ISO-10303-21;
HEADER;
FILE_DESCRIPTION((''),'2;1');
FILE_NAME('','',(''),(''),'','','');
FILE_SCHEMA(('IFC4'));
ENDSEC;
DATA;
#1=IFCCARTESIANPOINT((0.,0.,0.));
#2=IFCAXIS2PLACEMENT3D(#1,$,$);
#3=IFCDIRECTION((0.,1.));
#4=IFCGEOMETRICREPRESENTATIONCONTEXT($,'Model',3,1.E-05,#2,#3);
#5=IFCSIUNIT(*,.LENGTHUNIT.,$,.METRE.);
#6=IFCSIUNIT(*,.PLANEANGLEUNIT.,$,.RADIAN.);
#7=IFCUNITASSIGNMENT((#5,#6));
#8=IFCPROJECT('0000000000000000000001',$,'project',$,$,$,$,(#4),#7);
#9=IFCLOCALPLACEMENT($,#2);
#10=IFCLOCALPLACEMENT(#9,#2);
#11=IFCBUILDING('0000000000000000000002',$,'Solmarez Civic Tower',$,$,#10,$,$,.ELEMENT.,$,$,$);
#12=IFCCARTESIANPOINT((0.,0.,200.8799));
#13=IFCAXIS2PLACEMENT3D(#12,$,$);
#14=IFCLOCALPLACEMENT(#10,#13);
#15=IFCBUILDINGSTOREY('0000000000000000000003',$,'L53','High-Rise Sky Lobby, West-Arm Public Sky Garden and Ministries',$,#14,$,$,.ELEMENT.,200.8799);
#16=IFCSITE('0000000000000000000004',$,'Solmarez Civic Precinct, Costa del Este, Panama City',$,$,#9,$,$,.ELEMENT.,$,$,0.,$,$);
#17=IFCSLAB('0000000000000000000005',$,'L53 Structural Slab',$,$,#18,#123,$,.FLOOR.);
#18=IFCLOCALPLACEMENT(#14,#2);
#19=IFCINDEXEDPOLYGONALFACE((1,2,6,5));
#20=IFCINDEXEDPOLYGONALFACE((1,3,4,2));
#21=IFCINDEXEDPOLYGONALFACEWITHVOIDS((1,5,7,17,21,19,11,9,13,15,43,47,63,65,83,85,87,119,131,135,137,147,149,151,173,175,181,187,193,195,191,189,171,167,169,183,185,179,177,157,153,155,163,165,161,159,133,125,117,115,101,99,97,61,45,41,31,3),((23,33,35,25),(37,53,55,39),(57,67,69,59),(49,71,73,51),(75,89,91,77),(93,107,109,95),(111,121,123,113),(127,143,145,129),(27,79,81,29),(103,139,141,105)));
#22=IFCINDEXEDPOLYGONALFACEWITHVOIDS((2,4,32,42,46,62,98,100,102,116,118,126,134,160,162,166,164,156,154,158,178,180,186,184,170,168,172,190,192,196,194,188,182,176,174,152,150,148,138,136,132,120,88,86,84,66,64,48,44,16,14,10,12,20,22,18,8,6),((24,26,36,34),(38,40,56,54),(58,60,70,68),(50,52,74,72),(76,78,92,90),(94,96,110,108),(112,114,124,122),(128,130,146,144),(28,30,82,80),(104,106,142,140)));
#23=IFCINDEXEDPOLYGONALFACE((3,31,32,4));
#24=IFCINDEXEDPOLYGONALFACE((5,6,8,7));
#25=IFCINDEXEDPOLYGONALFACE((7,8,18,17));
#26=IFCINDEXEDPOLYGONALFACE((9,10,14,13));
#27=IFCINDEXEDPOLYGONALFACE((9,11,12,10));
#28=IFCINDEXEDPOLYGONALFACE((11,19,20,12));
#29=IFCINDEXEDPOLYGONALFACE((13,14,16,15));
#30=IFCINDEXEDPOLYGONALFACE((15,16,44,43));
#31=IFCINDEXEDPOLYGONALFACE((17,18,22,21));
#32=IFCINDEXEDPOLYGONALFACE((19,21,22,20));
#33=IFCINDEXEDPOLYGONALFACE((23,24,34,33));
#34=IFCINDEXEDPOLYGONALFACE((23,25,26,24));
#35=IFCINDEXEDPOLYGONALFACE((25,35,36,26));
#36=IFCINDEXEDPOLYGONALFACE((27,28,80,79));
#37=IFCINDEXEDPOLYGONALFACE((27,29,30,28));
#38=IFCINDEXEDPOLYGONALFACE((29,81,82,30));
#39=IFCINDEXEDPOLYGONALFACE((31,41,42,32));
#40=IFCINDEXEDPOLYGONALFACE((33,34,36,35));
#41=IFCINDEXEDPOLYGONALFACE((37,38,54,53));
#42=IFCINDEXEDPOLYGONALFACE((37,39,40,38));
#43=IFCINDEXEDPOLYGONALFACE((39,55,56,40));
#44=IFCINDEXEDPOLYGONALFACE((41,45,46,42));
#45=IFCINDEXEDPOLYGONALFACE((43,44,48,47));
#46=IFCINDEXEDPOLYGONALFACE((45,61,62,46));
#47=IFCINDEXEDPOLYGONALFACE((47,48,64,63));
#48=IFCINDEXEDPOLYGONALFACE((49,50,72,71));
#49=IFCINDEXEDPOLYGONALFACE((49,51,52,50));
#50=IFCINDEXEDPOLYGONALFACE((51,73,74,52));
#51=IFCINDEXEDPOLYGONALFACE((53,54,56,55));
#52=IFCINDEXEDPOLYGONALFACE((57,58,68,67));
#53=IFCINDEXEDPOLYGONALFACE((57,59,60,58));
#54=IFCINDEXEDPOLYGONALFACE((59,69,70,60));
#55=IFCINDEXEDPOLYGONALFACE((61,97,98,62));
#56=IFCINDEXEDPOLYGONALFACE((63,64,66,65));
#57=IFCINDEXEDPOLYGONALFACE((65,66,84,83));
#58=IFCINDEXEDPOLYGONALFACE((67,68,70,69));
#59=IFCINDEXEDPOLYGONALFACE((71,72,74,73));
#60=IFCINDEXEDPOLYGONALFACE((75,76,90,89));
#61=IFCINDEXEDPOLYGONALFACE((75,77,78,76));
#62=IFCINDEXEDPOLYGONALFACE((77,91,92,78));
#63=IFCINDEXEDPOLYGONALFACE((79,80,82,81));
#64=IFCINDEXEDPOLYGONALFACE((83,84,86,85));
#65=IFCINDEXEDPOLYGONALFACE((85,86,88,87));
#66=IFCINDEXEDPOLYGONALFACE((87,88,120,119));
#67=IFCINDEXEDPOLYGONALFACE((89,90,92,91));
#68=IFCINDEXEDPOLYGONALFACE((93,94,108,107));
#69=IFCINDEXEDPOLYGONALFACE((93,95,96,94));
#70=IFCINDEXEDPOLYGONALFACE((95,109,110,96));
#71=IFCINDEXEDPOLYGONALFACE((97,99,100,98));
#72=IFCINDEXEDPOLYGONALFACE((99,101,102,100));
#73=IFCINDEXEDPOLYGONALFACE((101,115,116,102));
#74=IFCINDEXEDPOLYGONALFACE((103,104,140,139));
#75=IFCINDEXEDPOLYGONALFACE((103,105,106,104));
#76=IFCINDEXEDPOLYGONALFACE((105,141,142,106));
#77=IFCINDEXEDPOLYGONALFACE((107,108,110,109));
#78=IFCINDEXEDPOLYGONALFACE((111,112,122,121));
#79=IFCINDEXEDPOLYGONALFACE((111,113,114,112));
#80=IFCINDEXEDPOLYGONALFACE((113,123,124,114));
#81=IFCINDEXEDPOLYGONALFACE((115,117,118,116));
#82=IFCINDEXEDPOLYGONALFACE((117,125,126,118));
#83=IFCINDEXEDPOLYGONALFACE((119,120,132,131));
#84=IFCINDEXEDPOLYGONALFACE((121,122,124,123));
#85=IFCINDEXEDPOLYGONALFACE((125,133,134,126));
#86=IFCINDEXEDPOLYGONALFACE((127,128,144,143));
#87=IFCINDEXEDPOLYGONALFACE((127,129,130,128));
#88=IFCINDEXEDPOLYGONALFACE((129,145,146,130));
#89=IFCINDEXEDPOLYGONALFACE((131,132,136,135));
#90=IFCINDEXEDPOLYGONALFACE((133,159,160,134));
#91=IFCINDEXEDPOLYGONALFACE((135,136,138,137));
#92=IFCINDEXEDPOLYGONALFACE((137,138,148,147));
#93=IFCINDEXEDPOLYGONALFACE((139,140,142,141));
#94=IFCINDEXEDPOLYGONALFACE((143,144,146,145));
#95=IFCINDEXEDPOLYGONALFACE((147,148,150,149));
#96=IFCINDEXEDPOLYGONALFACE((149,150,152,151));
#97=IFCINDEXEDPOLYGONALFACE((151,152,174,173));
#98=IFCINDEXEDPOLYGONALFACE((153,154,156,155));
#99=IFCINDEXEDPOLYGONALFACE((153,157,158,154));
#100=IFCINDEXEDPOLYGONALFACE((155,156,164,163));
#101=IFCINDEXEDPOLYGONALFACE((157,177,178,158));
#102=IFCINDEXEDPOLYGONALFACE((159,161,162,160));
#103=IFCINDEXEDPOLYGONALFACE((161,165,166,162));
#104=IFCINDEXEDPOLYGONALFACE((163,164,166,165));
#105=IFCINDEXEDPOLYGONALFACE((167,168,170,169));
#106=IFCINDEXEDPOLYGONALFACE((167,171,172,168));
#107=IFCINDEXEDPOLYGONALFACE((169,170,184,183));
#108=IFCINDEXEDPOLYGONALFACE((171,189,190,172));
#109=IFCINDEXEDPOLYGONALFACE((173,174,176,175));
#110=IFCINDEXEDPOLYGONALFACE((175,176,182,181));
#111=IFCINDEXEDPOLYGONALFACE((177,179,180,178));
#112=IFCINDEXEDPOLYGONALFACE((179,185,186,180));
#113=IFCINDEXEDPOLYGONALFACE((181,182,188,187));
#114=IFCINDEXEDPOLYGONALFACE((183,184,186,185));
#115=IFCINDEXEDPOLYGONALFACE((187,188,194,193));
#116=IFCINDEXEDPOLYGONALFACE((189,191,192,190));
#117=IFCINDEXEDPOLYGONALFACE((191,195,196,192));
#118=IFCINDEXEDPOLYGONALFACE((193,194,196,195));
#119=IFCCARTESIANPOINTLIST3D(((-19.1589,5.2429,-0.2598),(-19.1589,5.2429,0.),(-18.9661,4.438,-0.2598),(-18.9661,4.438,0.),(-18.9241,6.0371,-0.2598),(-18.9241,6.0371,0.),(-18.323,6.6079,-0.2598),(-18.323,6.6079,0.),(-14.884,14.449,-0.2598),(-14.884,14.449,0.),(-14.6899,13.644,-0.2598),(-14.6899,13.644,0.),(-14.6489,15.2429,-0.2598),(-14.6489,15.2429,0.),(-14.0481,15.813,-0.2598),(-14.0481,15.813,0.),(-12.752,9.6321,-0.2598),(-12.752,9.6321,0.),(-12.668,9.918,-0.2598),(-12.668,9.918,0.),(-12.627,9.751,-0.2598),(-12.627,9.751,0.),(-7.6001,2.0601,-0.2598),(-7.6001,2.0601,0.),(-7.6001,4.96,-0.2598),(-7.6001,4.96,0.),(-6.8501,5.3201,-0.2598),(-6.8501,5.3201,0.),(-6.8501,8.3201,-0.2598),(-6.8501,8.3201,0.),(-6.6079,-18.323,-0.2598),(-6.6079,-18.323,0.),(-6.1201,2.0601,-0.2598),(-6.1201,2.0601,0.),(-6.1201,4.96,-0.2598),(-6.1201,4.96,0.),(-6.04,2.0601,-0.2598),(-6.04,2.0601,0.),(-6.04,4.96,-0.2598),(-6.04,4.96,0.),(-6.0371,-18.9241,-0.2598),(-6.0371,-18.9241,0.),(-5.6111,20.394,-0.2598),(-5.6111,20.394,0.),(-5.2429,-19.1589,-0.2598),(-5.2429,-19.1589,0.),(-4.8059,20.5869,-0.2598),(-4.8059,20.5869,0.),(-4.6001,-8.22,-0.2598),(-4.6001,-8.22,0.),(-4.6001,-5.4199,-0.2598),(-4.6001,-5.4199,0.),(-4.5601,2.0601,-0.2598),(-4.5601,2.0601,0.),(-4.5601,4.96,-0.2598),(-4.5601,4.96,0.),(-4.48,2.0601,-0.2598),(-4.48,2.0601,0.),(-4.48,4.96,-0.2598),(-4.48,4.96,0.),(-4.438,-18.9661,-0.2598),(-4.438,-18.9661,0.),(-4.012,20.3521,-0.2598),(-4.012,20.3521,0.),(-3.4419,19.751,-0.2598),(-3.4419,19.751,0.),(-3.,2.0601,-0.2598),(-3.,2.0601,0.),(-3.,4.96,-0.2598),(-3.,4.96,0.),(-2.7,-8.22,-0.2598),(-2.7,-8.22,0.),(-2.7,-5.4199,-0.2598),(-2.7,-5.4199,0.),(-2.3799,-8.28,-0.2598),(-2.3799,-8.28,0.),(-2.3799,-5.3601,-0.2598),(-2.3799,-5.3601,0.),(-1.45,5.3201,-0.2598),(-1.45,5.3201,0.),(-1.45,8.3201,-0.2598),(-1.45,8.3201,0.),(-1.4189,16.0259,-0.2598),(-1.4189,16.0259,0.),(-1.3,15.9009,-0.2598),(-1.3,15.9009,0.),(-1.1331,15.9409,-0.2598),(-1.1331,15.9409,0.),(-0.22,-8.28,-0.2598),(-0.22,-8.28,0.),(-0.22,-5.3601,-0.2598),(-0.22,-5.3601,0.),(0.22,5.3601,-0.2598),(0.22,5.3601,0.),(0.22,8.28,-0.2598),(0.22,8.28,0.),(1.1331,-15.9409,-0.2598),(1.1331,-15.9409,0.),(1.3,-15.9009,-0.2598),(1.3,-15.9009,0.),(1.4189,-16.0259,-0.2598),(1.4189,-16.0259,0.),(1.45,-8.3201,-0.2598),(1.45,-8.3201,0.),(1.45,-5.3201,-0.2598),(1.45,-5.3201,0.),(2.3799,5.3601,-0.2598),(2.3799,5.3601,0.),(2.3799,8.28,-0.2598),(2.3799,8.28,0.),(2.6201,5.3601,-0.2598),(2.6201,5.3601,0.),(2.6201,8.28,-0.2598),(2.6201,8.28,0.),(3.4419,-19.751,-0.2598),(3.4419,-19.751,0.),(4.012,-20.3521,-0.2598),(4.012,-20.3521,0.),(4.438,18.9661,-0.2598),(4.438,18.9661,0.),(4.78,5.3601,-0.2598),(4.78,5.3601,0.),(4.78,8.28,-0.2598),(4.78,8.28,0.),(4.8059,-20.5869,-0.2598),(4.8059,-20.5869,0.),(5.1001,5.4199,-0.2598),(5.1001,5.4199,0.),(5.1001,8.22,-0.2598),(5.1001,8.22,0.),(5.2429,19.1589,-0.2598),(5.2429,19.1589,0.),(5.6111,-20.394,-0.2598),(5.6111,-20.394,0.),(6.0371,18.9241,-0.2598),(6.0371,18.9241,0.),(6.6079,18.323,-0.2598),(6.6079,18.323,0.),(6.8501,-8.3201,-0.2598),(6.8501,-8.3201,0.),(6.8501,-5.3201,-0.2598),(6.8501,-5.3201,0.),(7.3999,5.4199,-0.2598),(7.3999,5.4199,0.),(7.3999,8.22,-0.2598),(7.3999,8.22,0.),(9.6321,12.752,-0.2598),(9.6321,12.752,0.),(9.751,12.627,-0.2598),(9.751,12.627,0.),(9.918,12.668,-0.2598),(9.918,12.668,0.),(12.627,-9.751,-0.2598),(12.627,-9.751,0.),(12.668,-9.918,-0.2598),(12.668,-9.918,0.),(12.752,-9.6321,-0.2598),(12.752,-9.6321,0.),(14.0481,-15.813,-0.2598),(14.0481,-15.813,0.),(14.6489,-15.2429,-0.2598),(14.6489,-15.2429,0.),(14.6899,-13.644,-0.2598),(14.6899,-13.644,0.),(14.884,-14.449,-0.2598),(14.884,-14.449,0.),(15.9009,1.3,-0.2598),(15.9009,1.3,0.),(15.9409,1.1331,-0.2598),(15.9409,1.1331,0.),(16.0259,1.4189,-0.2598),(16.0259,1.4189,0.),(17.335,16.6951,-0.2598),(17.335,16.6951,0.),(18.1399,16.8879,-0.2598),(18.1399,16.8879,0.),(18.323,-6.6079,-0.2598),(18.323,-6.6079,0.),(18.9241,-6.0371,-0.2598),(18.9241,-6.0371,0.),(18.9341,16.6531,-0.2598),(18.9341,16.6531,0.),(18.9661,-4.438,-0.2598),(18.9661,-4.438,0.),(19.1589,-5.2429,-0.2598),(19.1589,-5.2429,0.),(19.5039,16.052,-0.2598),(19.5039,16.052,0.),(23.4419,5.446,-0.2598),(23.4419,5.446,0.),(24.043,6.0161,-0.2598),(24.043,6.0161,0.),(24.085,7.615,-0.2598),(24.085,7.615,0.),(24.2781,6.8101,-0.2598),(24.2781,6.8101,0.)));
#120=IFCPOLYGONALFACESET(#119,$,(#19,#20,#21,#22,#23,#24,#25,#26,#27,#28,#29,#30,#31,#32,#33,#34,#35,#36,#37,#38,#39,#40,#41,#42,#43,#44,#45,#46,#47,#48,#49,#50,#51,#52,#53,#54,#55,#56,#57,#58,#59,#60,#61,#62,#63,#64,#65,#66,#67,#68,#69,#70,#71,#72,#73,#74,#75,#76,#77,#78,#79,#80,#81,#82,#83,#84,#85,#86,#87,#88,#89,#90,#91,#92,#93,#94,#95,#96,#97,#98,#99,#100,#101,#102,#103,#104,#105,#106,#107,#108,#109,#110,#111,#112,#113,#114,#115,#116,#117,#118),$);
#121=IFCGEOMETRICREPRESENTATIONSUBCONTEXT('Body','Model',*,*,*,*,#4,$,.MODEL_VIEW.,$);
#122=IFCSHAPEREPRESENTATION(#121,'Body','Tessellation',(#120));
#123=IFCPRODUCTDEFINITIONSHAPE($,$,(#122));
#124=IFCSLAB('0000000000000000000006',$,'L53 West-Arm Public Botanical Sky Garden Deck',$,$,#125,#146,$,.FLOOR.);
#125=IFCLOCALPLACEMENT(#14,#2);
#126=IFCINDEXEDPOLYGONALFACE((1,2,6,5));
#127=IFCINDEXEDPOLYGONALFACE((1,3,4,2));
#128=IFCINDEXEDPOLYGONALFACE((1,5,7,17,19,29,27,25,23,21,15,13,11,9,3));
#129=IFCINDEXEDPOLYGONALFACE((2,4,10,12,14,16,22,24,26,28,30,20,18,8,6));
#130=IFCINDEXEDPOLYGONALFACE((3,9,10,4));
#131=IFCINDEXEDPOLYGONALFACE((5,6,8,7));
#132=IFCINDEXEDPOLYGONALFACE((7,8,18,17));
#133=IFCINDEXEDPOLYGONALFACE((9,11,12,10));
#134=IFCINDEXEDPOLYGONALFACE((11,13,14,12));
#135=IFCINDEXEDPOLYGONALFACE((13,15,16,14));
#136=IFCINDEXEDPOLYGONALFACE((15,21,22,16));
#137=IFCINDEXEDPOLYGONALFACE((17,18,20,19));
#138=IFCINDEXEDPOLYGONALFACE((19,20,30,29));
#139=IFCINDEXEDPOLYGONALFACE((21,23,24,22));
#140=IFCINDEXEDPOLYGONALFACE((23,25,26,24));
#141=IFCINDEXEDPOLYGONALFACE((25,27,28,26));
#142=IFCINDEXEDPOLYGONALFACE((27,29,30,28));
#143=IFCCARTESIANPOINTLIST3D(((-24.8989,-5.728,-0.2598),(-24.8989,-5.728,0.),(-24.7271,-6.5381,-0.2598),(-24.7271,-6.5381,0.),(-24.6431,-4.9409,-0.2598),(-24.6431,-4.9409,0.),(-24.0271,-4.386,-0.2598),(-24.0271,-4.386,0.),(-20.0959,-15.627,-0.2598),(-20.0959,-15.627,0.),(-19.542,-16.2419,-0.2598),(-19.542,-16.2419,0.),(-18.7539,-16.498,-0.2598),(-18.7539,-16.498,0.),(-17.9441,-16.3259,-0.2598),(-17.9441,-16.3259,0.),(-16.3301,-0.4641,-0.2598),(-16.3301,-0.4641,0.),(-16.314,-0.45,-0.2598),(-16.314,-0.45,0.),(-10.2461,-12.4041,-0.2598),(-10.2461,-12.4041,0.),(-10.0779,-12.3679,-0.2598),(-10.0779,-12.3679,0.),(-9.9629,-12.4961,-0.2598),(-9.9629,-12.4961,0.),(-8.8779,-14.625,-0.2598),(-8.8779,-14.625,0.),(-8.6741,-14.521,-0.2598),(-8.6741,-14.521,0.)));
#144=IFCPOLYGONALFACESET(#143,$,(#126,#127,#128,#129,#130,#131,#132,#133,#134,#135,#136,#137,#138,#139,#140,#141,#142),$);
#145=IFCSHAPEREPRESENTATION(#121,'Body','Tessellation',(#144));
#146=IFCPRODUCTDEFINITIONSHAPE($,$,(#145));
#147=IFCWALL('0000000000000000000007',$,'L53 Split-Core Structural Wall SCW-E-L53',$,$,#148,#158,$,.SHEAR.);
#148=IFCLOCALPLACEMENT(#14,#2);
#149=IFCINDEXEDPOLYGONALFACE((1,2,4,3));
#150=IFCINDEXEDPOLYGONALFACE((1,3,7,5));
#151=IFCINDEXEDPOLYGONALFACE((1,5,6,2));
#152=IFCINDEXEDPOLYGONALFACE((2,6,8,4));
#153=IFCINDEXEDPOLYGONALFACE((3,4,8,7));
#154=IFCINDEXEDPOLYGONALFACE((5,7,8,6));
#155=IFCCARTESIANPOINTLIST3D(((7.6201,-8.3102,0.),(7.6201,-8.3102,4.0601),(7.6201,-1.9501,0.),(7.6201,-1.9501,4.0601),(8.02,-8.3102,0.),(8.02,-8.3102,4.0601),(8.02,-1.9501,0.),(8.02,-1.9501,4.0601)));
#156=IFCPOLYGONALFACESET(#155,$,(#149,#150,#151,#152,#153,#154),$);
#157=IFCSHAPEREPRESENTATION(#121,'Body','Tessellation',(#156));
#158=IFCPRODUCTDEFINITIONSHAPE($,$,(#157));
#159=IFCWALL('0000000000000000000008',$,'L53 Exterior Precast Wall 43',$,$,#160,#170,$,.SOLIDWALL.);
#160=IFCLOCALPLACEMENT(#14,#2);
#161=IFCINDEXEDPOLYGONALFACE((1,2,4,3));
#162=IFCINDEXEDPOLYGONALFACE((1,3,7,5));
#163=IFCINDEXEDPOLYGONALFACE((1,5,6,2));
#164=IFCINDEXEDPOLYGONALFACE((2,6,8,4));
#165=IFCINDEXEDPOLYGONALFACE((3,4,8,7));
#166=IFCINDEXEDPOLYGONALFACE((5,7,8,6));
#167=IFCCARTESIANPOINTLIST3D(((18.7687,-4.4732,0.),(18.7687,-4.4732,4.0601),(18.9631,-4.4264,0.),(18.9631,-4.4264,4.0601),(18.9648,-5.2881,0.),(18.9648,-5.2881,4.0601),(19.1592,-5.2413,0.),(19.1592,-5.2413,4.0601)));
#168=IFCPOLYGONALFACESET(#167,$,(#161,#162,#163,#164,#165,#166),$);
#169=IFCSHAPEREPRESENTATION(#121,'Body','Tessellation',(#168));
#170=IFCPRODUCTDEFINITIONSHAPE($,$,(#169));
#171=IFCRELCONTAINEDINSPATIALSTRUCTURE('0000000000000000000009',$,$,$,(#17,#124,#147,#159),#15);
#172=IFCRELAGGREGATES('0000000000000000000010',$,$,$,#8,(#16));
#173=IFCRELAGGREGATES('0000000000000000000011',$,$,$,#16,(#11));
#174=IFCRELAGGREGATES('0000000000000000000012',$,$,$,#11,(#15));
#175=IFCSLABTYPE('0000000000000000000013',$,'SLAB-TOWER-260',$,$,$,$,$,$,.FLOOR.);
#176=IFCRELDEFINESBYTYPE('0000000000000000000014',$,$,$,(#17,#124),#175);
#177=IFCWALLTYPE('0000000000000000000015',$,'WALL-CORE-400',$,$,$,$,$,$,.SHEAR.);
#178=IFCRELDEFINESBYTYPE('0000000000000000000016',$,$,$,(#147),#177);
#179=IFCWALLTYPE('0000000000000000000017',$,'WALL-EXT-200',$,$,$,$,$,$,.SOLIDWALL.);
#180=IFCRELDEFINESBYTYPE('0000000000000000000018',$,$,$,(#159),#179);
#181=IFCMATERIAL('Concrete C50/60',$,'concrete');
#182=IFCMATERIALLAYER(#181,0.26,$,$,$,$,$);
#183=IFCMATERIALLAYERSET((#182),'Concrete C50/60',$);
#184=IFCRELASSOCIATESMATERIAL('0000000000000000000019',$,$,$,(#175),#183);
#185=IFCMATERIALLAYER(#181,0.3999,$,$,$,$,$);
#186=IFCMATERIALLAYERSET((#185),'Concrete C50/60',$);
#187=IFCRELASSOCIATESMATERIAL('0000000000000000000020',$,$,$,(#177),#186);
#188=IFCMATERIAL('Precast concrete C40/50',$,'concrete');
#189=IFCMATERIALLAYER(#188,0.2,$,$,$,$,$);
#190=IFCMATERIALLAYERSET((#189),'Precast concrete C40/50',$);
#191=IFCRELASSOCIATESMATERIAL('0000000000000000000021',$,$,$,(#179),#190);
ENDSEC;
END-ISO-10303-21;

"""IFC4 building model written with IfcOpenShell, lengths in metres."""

from ifc_helpers import new_model, si_unit, direction, frame, frame_2d, origin, place, context, subcontext, project, spatial, polyline, rectangle, outline, extrude, material, layer, layer_set, type_object, element, save


model = new_model("IFC4")

# Units and contexts
model_context = context("Model", 3, precision=1e-05, world=origin(), true_north=direction((0.0, 1.0)))
body_context = subcontext(model_context, "Body", "Model", "MODEL_VIEW")
ifc_project = project(units=[si_unit("LENGTHUNIT", "METRE"), si_unit("PLANEANGLEUNIT", "RADIAN")], contexts=[model_context])

# Site, building, storey
site_placement = place(None, origin())
site = spatial("IfcSite", under=ifc_project, at=site_placement, Name="Solmarez Civic Precinct, Costa del Este, Panama City", CompositionType="ELEMENT", RefElevation=0.0)
building_placement = place(site_placement, origin())
building = spatial("IfcBuilding", under=site, at=building_placement, Name="Solmarez Civic Tower", CompositionType="ELEMENT")
storey_placement = place(building_placement, frame((0.0, 0.0, 200.8799)))
storey = spatial("IfcBuildingStorey", under=building, at=storey_placement, Name="L53", Description="High-Rise Sky Lobby, West-Arm Public Sky Garden and Ministries", CompositionType="ELEMENT", Elevation=200.8799)

# Shared definitions
ifc_material_1 = material(Name="Concrete C50/60", Category="concrete")

# Slabs
ifc_layer_1 = layer(ifc_material_1, 0.26)
ifc_layer_set_1 = layer_set([ifc_layer_1], Name="Concrete C50/60")
slab_type = type_object("IfcSlabType", Name="SLAB-TOWER-260", PredefinedType="FLOOR", material=ifc_layer_set_1)
slab_1_placement = place(storey_placement, frame((0.0, 0.0, -0.2598)))
element("IfcSlab", 1, at=slab_1_placement, inside=storey, type_object=slab_type, Name="L53 Structural Slab", PredefinedType="FLOOR", context=body_context, shape_type="SweptSolid", body=[
    extrude(outline(polyline([(1.4189, -16.0259), (3.4419, -19.751), (4.012, -20.3521), (4.8059, -20.5869), (5.6111, -20.394), (14.0481, -15.813), (14.6489, -15.2429), (14.884, -14.449), (14.6899, -13.644), (12.668, -9.918), (12.627, -9.751), (12.752, -9.6321), (18.323, -6.6079), (18.9241, -6.0371), (19.1589, -5.2429), (18.9661, -4.438), (15.9409, 1.1331), (15.9009, 1.3), (16.0259, 1.4189), (23.4419, 5.446), (24.043, 6.0161), (24.2781, 6.8101), (24.085, 7.615), (19.5039, 16.052), (18.9341, 16.6531), (18.1399, 16.8879), (17.335, 16.6951), (9.918, 12.668), (9.751, 12.627), (9.6321, 12.752), (6.6079, 18.323), (6.0371, 18.9241), (5.2429, 19.1589), (4.438, 18.9661), (-1.1331, 15.9409), (-1.3, 15.9009), (-1.4189, 16.0259), (-3.4419, 19.751), (-4.012, 20.3521), (-4.8059, 20.5869), (-5.6111, 20.394), (-14.0481, 15.813), (-14.6489, 15.2429), (-14.884, 14.449), (-14.6899, 13.644), (-12.668, 9.918), (-12.627, 9.751), (-12.752, 9.6321), (-18.323, 6.6079), (-18.9241, 6.0371), (-19.1589, 5.2429), (-18.9661, 4.438), (-6.6079, -18.323), (-6.0371, -18.9241), (-5.2429, -19.1589), (-4.438, -18.9661), (1.1331, -15.9409), (1.3, -15.9009), (1.4189, -16.0259)]), holes=[polyline([(-1.45, 8.3201), (-6.8501, 8.3201), (-6.8501, 5.3201), (-1.45, 5.3201), (-1.45, 8.3201)]), polyline([(1.45, -8.3201), (6.8501, -8.3201), (6.8501, -5.3201), (1.45, -5.3201), (1.45, -8.3201)]), polyline([(0.22, 5.3601), (2.3799, 5.3601), (2.3799, 8.28), (0.22, 8.28), (0.22, 5.3601)]), polyline([(2.6201, 5.3601), (4.78, 5.3601), (4.78, 8.28), (2.6201, 8.28), (2.6201, 5.3601)]), polyline([(-2.3799, -8.28), (-0.22, -8.28), (-0.22, -5.3601), (-2.3799, -5.3601), (-2.3799, -8.28)]), polyline([(-7.6001, 2.0601), (-6.1201, 2.0601), (-6.1201, 4.96), (-7.6001, 4.96), (-7.6001, 2.0601)]), polyline([(-6.04, 2.0601), (-4.5601, 2.0601), (-4.5601, 4.96), (-6.04, 4.96), (-6.04, 2.0601)]), polyline([(-4.48, 2.0601), (-3.0, 2.0601), (-3.0, 4.96), (-4.48, 4.96), (-4.48, 2.0601)]), polyline([(5.1001, 5.4199), (7.3999, 5.4199), (7.3999, 8.22), (5.1001, 8.22), (5.1001, 5.4199)]), polyline([(-4.6001, -8.22), (-2.7, -8.22), (-2.7, -5.4199), (-4.6001, -5.4199), (-4.6001, -8.22)])]), origin(), (0.0, 0.0, 1.0), 0.2598),
])
slab_2_placement = place(storey_placement, frame((0.0, 0.0, -0.2598)))
element("IfcSlab", 2, at=slab_2_placement, inside=storey, type_object=slab_type, Name="L53 West-Arm Public Botanical Sky Garden Deck", PredefinedType="FLOOR", context=body_context, shape_type="SweptSolid", body=[
    extrude(outline(polyline([(-10.2461, -12.4041), (-10.0779, -12.3679), (-9.9629, -12.4961), (-8.8779, -14.625), (-8.6741, -14.521), (-16.314, -0.45), (-16.3301, -0.4641), (-24.0271, -4.386), (-24.6431, -4.9409), (-24.8989, -5.728), (-24.7271, -6.5381), (-20.0959, -15.627), (-19.542, -16.2419), (-18.7539, -16.498), (-17.9441, -16.3259), (-10.2461, -12.4041)])), origin(), (0.0, 0.0, 1.0), 0.2598),
])

# Walls
ifc_layer_2 = layer(ifc_material_1, 0.3999)
ifc_layer_set_2 = layer_set([ifc_layer_2], Name="Concrete C50/60")
wall_type_1 = type_object("IfcWallType", Name="WALL-CORE-400", PredefinedType="SHEAR", material=ifc_layer_set_2)
wall_1_placement = place(storey_placement, frame((7.8201, -1.95, 0.0), z_axis=(0.0, 0.0, 1.0), x_axis=(0.0, -1.0, 0.0)))
element("IfcWall", 3, at=wall_1_placement, inside=storey, type_object=wall_type_1, Name="L53 Split-Core Structural Wall SCW-E-L53", PredefinedType="SHEAR", context=body_context, shape_type="SweptSolid", body=[
    extrude(rectangle(XDim=6.3601, YDim=0.3999, at=frame_2d((3.1802, 0.0))), origin(), (0.0, 0.0, 1.0), 4.0601),
])
ifc_material_2 = material(Name="Precast concrete C40/50", Category="concrete")
ifc_layer_3 = layer(ifc_material_2, 0.2)
ifc_layer_set_3 = layer_set([ifc_layer_3], Name="Precast concrete C40/50")
wall_type_2 = type_object("IfcWallType", Name="WALL-EXT-200", PredefinedType="SOLIDWALL", material=ifc_layer_set_3)
wall_2_placement = place(storey_placement, frame((18.866, -4.45, 0.0), z_axis=(0.0, 0.0, 1.0), x_axis=(0.233891, -0.972263, 0.0)))
element("IfcWall", 4, at=wall_2_placement, inside=storey, type_object=wall_type_2, Name="L53 Exterior Precast Wall 43", PredefinedType="SOLIDWALL", context=body_context, shape_type="SweptSolid", body=[
    extrude(rectangle(XDim=0.8381, YDim=0.2, at=frame_2d((0.4189, 0.0))), origin(), (0.0, 0.0, 1.0), 4.0601),
])

save(model, "model.ifc")
